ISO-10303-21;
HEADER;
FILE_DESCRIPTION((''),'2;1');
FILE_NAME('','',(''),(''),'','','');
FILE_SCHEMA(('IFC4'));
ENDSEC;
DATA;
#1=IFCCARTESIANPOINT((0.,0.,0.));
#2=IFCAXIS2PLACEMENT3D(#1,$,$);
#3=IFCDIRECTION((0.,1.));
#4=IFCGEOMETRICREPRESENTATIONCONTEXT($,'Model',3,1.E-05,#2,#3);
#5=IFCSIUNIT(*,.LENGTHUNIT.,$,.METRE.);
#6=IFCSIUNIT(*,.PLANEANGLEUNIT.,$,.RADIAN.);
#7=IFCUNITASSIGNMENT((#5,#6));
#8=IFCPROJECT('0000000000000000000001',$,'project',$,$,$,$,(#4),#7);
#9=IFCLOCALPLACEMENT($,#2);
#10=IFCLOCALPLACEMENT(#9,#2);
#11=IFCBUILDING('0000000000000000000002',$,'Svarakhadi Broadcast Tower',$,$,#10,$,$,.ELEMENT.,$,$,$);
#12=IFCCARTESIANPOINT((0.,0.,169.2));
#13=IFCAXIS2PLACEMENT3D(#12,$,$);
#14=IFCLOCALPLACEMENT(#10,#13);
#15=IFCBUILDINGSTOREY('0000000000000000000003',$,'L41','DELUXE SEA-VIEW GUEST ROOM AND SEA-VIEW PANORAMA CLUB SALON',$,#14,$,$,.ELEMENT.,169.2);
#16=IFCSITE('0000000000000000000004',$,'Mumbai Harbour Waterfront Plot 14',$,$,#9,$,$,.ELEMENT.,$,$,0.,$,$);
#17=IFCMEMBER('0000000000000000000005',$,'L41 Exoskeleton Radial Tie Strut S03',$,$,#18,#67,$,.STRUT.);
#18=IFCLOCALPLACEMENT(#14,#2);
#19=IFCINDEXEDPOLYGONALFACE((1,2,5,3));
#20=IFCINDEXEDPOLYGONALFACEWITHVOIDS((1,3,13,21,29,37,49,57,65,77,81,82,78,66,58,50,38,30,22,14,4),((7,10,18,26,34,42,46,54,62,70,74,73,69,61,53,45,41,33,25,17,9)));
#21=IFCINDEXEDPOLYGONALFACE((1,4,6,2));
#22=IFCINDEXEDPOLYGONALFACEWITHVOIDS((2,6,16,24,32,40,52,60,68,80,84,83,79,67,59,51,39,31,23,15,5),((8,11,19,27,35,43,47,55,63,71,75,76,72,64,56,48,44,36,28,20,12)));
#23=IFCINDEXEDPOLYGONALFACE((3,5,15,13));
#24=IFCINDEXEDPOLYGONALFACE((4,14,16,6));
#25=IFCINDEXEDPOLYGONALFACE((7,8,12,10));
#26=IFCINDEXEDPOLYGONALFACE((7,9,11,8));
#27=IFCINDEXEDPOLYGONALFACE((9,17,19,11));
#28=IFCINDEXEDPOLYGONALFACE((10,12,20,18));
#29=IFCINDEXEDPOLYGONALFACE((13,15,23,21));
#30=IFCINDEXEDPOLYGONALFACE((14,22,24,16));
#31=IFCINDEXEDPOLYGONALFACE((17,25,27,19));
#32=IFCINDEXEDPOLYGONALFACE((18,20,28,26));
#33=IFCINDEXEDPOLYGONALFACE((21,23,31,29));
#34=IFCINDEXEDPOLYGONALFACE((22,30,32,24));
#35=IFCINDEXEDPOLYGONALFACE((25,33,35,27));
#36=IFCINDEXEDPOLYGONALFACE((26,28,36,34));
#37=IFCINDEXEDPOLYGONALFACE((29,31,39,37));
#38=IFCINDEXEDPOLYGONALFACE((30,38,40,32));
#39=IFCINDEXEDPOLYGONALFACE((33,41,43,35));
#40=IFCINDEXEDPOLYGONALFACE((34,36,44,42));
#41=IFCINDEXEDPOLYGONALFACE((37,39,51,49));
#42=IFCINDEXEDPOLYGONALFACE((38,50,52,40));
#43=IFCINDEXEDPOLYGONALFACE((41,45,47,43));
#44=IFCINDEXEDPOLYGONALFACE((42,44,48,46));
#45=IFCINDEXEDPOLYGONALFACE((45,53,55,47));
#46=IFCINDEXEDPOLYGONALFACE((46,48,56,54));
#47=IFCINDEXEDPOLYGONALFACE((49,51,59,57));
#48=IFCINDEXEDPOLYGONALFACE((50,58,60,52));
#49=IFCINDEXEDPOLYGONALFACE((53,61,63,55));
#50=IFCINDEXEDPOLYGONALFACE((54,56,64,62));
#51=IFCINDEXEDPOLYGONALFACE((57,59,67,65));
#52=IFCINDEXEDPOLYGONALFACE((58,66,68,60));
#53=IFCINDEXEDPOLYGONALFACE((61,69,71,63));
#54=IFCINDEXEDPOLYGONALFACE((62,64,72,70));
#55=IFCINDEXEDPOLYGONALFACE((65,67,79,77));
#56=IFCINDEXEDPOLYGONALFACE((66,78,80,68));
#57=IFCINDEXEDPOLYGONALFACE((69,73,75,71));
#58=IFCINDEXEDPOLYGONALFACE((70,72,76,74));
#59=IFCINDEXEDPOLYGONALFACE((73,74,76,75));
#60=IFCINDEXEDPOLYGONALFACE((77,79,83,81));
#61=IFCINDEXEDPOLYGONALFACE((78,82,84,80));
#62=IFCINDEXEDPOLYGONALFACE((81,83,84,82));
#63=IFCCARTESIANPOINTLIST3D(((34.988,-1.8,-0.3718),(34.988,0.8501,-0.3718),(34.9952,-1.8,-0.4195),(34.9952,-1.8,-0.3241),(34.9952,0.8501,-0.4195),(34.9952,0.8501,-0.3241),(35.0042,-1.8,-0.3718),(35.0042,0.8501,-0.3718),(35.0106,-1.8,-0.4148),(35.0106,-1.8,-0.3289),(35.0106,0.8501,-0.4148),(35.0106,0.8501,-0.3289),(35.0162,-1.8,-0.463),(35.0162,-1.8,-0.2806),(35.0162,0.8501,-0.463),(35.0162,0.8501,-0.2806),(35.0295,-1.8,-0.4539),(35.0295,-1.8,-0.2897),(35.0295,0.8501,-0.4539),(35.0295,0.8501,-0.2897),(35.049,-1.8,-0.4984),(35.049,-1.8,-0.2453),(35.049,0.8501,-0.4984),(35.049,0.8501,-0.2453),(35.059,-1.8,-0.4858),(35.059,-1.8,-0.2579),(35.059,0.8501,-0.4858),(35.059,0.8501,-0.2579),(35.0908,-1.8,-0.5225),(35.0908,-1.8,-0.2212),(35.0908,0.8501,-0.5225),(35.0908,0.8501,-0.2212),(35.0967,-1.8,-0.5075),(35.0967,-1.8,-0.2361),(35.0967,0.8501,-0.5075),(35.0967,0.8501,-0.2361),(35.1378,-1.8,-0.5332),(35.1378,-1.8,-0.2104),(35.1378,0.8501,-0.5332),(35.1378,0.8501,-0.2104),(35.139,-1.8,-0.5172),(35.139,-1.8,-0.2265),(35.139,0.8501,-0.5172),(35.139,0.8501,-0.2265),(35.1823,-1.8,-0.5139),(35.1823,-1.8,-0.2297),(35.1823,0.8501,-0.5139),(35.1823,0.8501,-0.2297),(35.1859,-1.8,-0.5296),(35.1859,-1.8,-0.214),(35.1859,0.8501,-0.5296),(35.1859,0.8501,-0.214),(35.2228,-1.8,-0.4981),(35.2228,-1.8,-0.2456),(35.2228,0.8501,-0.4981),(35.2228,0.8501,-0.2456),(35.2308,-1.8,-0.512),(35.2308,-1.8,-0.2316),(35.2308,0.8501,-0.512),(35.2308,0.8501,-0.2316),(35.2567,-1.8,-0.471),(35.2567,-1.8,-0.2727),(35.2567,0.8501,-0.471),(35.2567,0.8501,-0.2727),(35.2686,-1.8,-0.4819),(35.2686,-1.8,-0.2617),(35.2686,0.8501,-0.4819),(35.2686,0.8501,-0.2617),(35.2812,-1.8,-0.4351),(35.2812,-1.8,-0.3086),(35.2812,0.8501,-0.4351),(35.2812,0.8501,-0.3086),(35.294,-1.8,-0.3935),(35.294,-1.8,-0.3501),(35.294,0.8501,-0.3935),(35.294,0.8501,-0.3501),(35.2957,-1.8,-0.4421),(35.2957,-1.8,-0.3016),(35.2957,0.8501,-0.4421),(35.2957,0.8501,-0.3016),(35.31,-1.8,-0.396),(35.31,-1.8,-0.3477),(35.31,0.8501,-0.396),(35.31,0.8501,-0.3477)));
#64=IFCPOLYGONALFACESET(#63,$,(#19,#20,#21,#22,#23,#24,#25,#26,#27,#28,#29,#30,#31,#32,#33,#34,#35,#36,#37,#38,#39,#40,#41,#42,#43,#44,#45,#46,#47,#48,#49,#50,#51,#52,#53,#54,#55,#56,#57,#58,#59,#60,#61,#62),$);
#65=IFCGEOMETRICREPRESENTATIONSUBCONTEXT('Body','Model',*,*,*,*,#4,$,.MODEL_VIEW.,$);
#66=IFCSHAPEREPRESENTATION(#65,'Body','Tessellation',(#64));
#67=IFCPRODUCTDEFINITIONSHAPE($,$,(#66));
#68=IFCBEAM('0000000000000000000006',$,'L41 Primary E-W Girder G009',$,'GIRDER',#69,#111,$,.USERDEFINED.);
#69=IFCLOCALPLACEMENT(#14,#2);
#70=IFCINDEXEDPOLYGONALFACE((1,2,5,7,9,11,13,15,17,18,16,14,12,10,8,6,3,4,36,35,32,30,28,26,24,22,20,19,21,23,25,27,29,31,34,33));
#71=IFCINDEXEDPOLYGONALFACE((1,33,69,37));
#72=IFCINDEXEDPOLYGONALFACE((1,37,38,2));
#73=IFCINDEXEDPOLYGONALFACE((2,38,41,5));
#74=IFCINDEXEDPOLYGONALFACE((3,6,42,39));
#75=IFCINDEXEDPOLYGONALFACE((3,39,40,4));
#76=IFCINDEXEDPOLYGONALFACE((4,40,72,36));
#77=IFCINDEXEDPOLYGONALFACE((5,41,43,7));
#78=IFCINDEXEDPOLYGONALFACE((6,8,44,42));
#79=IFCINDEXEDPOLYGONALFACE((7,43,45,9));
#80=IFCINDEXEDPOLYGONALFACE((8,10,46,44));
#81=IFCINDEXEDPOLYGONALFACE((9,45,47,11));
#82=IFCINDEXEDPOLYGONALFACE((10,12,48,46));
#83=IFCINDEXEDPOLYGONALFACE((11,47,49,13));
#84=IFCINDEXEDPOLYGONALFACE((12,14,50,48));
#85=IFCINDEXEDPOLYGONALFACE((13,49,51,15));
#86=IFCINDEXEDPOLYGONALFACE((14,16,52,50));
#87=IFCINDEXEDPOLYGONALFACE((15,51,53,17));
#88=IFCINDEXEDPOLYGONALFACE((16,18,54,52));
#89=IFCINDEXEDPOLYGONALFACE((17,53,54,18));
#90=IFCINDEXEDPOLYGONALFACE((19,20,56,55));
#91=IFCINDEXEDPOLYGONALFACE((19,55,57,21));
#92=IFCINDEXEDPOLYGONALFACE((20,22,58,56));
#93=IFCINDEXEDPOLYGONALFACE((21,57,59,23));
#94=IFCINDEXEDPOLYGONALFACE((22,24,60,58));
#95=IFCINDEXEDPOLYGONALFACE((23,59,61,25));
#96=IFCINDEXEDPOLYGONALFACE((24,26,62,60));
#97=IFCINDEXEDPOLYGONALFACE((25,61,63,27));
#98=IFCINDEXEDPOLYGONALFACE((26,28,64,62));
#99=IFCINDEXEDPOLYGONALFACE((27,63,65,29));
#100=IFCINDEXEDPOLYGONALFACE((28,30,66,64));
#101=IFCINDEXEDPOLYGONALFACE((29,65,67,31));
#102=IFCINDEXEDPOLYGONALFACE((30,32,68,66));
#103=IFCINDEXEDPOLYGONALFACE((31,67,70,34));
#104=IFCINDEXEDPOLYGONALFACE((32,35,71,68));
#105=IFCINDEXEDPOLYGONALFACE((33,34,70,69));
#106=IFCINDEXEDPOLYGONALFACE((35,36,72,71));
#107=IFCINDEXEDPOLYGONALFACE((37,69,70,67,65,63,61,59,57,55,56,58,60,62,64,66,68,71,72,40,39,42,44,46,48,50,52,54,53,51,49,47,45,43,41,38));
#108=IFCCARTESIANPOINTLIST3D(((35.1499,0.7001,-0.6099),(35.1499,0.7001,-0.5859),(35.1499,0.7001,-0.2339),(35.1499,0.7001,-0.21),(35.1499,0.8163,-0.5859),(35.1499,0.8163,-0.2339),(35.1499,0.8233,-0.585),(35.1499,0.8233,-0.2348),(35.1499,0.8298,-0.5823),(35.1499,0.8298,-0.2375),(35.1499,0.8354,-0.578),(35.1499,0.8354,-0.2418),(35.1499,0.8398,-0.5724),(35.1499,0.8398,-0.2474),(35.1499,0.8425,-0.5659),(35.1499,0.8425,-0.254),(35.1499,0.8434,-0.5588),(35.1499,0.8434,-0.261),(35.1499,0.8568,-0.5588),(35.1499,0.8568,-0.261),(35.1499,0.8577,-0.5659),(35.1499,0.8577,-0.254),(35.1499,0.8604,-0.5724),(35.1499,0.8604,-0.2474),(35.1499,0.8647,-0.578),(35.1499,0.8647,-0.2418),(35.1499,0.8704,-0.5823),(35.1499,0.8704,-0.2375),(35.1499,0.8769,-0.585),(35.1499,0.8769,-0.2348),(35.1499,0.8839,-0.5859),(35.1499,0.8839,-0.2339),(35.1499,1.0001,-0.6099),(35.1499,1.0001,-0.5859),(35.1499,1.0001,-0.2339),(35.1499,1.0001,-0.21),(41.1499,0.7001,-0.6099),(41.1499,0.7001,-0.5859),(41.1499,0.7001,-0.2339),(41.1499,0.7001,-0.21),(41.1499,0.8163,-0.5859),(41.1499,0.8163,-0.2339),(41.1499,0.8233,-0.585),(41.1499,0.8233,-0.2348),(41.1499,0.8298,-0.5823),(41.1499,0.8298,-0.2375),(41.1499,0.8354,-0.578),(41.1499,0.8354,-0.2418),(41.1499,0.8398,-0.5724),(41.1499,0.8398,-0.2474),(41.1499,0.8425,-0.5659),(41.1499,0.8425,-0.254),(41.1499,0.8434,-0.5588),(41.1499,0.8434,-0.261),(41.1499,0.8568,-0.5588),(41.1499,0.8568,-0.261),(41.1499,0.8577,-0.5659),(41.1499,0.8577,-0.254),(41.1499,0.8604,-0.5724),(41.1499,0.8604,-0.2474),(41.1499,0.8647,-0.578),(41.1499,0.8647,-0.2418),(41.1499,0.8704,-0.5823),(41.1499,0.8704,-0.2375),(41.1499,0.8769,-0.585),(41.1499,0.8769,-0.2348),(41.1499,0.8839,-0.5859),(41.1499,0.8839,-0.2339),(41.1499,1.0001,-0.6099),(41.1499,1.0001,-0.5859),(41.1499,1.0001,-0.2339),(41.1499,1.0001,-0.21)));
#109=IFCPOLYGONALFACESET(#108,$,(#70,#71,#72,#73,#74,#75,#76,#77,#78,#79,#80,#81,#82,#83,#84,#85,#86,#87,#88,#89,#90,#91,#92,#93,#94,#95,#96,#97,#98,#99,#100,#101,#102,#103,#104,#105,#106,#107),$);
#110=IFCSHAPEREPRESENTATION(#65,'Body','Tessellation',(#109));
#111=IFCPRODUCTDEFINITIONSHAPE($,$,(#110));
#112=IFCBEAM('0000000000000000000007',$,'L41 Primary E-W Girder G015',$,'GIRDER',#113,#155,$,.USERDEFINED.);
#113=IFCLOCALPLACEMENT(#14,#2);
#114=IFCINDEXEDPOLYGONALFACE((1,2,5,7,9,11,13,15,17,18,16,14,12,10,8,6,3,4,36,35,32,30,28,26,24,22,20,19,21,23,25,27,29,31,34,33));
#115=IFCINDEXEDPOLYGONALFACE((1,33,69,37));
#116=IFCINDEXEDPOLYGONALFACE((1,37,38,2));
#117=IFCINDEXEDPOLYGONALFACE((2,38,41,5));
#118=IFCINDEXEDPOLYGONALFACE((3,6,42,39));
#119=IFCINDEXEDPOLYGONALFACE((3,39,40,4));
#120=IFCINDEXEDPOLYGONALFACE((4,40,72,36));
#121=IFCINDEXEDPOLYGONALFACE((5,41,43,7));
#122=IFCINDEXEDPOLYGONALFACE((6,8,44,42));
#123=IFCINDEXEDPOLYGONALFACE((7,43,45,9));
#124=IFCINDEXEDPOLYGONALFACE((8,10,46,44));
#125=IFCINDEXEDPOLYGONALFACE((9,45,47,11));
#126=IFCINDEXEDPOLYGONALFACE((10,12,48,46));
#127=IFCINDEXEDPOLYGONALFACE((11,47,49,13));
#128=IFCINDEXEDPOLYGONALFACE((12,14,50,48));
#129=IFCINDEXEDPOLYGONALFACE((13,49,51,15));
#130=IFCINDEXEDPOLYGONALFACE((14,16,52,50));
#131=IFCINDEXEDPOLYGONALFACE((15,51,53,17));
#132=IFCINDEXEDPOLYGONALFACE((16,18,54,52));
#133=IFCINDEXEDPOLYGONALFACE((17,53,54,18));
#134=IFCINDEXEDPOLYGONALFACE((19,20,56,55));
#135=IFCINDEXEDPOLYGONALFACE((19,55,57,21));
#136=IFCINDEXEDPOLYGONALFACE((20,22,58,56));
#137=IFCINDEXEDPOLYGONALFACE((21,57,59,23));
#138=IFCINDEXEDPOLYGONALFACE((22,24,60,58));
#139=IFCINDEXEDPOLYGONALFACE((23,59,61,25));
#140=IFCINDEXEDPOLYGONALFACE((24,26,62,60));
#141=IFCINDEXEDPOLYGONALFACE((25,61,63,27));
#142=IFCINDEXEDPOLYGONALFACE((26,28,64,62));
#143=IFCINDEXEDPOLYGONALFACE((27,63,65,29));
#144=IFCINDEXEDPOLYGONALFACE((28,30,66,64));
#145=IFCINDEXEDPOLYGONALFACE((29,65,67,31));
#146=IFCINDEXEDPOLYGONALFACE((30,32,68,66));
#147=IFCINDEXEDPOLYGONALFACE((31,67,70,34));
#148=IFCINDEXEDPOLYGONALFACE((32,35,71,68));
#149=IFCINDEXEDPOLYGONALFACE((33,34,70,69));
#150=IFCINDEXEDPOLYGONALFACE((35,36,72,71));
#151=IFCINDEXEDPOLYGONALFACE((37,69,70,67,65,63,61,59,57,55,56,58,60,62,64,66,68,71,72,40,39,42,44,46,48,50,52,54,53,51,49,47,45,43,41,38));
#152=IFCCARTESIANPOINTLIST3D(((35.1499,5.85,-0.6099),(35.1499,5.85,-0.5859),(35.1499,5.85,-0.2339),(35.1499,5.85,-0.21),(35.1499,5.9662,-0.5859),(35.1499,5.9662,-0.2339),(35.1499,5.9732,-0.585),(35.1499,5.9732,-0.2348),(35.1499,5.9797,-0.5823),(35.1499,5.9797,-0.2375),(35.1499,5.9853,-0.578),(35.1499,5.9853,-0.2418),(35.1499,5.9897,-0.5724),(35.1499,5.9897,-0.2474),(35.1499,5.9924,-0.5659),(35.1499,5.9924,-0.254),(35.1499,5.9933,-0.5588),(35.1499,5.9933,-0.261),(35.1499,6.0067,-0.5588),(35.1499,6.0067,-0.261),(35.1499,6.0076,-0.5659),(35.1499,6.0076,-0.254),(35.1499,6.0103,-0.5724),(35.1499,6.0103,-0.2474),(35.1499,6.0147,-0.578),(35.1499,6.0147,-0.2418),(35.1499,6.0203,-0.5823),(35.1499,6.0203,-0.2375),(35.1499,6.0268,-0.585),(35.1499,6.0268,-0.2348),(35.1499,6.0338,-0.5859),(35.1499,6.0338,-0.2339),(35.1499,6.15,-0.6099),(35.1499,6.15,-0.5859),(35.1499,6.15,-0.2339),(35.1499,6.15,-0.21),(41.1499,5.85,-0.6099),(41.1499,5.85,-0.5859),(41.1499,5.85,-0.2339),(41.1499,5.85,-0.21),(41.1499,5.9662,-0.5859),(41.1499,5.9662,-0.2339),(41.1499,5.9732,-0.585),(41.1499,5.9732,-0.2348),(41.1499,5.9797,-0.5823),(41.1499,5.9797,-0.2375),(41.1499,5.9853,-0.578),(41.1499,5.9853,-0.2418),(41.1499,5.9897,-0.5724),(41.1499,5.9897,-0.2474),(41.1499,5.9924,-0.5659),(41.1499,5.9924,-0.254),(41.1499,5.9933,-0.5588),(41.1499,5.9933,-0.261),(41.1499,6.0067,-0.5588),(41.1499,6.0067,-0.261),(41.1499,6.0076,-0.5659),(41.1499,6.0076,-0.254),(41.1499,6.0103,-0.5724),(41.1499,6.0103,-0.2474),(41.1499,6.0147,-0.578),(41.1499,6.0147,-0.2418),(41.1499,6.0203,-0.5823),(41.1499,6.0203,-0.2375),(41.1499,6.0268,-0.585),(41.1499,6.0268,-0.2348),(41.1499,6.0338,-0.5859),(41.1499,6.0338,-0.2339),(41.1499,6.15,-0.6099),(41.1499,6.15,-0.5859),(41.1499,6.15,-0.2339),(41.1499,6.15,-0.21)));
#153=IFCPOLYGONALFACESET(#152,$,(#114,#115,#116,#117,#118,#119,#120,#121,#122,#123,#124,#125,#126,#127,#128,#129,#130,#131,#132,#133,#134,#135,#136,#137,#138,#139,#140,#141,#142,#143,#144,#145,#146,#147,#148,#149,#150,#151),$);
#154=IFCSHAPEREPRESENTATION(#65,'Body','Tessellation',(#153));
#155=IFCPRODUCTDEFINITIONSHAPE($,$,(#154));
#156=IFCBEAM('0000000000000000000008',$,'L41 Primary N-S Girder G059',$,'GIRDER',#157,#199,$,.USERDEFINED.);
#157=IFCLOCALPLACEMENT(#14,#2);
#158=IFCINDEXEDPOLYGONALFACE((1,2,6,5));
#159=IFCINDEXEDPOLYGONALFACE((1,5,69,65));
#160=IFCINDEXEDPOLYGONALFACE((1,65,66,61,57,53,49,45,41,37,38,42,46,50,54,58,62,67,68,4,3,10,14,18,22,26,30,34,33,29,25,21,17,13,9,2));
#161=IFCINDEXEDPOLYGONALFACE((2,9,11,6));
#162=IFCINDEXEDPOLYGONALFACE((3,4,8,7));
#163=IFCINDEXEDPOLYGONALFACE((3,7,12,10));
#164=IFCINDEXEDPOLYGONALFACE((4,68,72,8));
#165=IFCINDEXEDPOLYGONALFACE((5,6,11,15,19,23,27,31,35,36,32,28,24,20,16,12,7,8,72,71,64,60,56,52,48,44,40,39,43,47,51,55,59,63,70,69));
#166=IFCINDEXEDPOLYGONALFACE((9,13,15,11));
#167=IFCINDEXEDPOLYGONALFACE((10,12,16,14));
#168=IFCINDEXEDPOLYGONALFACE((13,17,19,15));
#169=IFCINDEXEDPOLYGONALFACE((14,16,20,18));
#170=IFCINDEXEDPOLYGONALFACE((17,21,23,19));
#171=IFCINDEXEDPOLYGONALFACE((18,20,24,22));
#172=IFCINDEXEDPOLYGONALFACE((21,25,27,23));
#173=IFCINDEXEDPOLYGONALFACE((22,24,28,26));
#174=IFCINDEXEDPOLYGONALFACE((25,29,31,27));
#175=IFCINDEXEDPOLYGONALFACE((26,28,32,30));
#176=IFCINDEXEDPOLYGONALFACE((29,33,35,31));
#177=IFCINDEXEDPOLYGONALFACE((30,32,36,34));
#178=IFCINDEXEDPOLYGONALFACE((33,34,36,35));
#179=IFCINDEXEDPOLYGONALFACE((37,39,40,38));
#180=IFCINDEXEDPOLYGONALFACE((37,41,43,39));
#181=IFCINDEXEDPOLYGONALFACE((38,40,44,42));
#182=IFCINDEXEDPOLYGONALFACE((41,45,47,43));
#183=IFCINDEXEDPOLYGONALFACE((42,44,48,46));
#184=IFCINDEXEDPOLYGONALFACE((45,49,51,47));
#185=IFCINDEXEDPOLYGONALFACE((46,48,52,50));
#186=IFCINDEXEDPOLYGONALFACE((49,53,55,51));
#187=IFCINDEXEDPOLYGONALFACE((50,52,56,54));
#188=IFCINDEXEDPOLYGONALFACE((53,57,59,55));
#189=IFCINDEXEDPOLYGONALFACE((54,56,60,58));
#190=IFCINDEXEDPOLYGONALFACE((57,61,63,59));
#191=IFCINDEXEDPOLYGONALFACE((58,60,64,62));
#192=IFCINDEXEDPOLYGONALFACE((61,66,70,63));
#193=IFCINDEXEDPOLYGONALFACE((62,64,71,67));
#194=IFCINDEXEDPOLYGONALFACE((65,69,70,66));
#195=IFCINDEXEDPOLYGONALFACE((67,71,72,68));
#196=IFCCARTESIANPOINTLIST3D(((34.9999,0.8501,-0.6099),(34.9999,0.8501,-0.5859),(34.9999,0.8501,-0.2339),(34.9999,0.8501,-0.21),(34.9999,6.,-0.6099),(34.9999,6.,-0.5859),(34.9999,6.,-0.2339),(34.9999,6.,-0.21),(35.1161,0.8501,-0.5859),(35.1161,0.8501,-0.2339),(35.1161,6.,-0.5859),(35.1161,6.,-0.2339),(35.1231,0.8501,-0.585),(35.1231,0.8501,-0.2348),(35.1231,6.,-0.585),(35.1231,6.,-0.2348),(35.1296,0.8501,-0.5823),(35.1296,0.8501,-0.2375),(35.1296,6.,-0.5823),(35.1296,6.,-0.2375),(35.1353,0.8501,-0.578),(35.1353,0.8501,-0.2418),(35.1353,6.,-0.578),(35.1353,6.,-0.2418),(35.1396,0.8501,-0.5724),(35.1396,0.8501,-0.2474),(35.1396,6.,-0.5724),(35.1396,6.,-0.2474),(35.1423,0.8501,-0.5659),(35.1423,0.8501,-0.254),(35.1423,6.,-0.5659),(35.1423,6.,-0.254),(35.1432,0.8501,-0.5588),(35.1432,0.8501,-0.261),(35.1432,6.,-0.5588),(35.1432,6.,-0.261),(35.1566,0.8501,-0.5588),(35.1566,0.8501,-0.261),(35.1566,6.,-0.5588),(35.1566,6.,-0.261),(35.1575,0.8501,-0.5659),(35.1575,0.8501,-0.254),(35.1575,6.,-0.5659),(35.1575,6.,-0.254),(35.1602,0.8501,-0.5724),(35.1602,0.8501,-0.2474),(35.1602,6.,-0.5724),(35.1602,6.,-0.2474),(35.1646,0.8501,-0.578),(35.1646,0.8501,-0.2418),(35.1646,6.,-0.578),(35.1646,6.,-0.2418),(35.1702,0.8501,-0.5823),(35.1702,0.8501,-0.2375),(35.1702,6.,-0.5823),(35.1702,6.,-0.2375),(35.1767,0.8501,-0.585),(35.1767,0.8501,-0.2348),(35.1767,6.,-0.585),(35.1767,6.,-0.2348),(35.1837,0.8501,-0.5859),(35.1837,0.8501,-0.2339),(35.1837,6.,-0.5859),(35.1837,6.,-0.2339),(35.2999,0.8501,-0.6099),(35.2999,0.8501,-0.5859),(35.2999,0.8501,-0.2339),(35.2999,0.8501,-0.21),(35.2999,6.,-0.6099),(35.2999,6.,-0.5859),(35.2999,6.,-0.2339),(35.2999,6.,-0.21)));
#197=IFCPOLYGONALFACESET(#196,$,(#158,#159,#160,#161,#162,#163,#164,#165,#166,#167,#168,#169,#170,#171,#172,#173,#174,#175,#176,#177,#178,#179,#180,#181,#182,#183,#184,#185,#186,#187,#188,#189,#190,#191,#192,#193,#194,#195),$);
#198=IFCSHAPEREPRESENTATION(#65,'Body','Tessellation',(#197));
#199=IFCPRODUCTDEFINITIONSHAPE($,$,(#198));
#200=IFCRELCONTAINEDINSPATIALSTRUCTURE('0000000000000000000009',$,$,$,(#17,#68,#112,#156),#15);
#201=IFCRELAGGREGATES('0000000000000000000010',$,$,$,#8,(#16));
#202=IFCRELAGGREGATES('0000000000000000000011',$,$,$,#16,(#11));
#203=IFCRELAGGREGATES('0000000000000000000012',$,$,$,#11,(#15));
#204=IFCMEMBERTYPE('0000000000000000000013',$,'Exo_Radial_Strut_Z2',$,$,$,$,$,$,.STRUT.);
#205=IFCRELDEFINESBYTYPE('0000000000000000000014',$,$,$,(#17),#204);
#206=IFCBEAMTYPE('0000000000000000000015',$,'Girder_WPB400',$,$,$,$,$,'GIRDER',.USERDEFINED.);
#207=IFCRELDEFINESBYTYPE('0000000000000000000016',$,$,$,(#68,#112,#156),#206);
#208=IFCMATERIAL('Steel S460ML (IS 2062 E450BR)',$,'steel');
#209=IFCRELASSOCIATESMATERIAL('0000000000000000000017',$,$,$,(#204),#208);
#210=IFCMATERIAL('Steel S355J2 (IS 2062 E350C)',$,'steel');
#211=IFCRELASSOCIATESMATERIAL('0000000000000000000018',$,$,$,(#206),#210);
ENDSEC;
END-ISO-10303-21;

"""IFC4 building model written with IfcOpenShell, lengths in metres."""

from ifc_helpers import new_model, si_unit, direction, frame, origin, origin_2d, place, context, subcontext, project, spatial, hollow_circle, i_section, extrude, material, material_profile, profile_set, type_object, element, save


model = new_model("IFC4")

# Units and contexts
model_context = context("Model", 3, precision=1e-05, world=origin(), true_north=direction((0.0, 1.0)))
body_context = subcontext(model_context, "Body", "Model", "MODEL_VIEW")
ifc_project = project(units=[si_unit("LENGTHUNIT", "METRE"), si_unit("PLANEANGLEUNIT", "RADIAN")], contexts=[model_context])

# Site, building, storey
site_placement = place(None, origin())
site = spatial("IfcSite", under=ifc_project, at=site_placement, Name="Mumbai Harbour Waterfront Plot 14", CompositionType="ELEMENT", RefElevation=0.0)
building_placement = place(site_placement, origin())
building = spatial("IfcBuilding", under=site, at=building_placement, Name="Svarakhadi Broadcast Tower", CompositionType="ELEMENT")
storey_placement = place(building_placement, frame((0.0, 0.0, 169.2)))
storey = spatial("IfcBuildingStorey", under=building, at=storey_placement, Name="L41", Description="DELUXE SEA-VIEW GUEST ROOM AND SEA-VIEW PANORAMA CLUB SALON", CompositionType="ELEMENT", Elevation=169.2)

# Shared definitions
ifc_material_1 = material(Name="Steel S460ML (IS 2062 E450BR)", Category="steel")

# Shared definitions
ifc_material_2 = material(Name="Steel S355J2 (IS 2062 E350C)", Category="steel")

# Member
ifc_material_profile_1 = material_profile(ifc_material_1, hollow_circle(Radius=0.1619, WallThickness=0.0161, at=origin_2d()), Name="CHS 323.9x16")
ifc_profile_set_1 = profile_set([ifc_material_profile_1], Name="Steel S460ML (IS 2062 E450BR)")
member_type = type_object("IfcMemberType", Name="Exo_Radial_Strut_Z2", PredefinedType="STRUT", material=ifc_profile_set_1)
member_placement = place(storey_placement, frame((35.1499, -1.8, -0.3718), z_axis=(0.0, 1.0, 0.0), x_axis=(-1.0, 0.0, 0.0)))
element("IfcMember", 1, at=member_placement, inside=storey, type_object=member_type, Name="L41 Exoskeleton Radial Tie Strut S03", PredefinedType="STRUT", context=body_context, shape_type="SweptSolid", body=[
    extrude(hollow_circle(Radius=0.1619, WallThickness=0.0161, at=origin_2d()), origin(), (0.0, 0.0, 1.0), 2.6501),
])

# Beams
ifc_material_profile_2 = material_profile(ifc_material_2, i_section(OverallWidth=0.3, OverallDepth=0.3999, WebThickness=0.0134, FlangeThickness=0.0239, FilletRadius=0.0271, at=origin_2d()), Name="WPB 400x300x155")
ifc_profile_set_2 = profile_set([ifc_material_profile_2], Name="Steel S355J2 (IS 2062 E350C)")
beam_type_1 = type_object("IfcBeamType", Name="Girder_WPB400", ElementType="GIRDER", PredefinedType="USERDEFINED", material=ifc_profile_set_2)
for number, where, z_axis, x_axis, name in (
    (2, (35.1499, 0.8501, -0.4099), (1.0, 0.0, 0.0), (0.0, 1.0, 0.0), "L41 Primary E-W Girder G009"),
    (3, (35.1499, 6.0, -0.4099), (1.0, 0.0, 0.0), (0.0, 1.0, 0.0), "L41 Primary E-W Girder G015"),
):
    element("IfcBeam", number, at=place(storey_placement, frame(where, z_axis=z_axis, x_axis=x_axis)), inside=storey, type_object=beam_type_1, Name=name, ObjectType="GIRDER", PredefinedType="USERDEFINED", context=body_context, shape_type="SweptSolid", body=[
        extrude(i_section(OverallWidth=0.3, OverallDepth=0.3999, WebThickness=0.0134, FlangeThickness=0.0239, FilletRadius=0.0271, at=origin_2d()), origin(), (0.0, 0.0, 1.0), 6.0),
    ])
beam_1_placement = place(storey_placement, frame((35.1499, 0.8501, -0.4099), z_axis=(0.0, 1.0, 0.0), x_axis=(-1.0, 0.0, 0.0)))
element("IfcBeam", 4, at=beam_1_placement, inside=storey, type_object=beam_type_1, Name="L41 Primary N-S Girder G059", ObjectType="GIRDER", PredefinedType="USERDEFINED", context=body_context, shape_type="SweptSolid", body=[
    extrude(i_section(OverallWidth=0.3, OverallDepth=0.3999, WebThickness=0.0134, FlangeThickness=0.0239, FilletRadius=0.0271, at=origin_2d()), origin(), (0.0, 0.0, 1.0), 5.1499),
])

save(model, "model.ifc")
